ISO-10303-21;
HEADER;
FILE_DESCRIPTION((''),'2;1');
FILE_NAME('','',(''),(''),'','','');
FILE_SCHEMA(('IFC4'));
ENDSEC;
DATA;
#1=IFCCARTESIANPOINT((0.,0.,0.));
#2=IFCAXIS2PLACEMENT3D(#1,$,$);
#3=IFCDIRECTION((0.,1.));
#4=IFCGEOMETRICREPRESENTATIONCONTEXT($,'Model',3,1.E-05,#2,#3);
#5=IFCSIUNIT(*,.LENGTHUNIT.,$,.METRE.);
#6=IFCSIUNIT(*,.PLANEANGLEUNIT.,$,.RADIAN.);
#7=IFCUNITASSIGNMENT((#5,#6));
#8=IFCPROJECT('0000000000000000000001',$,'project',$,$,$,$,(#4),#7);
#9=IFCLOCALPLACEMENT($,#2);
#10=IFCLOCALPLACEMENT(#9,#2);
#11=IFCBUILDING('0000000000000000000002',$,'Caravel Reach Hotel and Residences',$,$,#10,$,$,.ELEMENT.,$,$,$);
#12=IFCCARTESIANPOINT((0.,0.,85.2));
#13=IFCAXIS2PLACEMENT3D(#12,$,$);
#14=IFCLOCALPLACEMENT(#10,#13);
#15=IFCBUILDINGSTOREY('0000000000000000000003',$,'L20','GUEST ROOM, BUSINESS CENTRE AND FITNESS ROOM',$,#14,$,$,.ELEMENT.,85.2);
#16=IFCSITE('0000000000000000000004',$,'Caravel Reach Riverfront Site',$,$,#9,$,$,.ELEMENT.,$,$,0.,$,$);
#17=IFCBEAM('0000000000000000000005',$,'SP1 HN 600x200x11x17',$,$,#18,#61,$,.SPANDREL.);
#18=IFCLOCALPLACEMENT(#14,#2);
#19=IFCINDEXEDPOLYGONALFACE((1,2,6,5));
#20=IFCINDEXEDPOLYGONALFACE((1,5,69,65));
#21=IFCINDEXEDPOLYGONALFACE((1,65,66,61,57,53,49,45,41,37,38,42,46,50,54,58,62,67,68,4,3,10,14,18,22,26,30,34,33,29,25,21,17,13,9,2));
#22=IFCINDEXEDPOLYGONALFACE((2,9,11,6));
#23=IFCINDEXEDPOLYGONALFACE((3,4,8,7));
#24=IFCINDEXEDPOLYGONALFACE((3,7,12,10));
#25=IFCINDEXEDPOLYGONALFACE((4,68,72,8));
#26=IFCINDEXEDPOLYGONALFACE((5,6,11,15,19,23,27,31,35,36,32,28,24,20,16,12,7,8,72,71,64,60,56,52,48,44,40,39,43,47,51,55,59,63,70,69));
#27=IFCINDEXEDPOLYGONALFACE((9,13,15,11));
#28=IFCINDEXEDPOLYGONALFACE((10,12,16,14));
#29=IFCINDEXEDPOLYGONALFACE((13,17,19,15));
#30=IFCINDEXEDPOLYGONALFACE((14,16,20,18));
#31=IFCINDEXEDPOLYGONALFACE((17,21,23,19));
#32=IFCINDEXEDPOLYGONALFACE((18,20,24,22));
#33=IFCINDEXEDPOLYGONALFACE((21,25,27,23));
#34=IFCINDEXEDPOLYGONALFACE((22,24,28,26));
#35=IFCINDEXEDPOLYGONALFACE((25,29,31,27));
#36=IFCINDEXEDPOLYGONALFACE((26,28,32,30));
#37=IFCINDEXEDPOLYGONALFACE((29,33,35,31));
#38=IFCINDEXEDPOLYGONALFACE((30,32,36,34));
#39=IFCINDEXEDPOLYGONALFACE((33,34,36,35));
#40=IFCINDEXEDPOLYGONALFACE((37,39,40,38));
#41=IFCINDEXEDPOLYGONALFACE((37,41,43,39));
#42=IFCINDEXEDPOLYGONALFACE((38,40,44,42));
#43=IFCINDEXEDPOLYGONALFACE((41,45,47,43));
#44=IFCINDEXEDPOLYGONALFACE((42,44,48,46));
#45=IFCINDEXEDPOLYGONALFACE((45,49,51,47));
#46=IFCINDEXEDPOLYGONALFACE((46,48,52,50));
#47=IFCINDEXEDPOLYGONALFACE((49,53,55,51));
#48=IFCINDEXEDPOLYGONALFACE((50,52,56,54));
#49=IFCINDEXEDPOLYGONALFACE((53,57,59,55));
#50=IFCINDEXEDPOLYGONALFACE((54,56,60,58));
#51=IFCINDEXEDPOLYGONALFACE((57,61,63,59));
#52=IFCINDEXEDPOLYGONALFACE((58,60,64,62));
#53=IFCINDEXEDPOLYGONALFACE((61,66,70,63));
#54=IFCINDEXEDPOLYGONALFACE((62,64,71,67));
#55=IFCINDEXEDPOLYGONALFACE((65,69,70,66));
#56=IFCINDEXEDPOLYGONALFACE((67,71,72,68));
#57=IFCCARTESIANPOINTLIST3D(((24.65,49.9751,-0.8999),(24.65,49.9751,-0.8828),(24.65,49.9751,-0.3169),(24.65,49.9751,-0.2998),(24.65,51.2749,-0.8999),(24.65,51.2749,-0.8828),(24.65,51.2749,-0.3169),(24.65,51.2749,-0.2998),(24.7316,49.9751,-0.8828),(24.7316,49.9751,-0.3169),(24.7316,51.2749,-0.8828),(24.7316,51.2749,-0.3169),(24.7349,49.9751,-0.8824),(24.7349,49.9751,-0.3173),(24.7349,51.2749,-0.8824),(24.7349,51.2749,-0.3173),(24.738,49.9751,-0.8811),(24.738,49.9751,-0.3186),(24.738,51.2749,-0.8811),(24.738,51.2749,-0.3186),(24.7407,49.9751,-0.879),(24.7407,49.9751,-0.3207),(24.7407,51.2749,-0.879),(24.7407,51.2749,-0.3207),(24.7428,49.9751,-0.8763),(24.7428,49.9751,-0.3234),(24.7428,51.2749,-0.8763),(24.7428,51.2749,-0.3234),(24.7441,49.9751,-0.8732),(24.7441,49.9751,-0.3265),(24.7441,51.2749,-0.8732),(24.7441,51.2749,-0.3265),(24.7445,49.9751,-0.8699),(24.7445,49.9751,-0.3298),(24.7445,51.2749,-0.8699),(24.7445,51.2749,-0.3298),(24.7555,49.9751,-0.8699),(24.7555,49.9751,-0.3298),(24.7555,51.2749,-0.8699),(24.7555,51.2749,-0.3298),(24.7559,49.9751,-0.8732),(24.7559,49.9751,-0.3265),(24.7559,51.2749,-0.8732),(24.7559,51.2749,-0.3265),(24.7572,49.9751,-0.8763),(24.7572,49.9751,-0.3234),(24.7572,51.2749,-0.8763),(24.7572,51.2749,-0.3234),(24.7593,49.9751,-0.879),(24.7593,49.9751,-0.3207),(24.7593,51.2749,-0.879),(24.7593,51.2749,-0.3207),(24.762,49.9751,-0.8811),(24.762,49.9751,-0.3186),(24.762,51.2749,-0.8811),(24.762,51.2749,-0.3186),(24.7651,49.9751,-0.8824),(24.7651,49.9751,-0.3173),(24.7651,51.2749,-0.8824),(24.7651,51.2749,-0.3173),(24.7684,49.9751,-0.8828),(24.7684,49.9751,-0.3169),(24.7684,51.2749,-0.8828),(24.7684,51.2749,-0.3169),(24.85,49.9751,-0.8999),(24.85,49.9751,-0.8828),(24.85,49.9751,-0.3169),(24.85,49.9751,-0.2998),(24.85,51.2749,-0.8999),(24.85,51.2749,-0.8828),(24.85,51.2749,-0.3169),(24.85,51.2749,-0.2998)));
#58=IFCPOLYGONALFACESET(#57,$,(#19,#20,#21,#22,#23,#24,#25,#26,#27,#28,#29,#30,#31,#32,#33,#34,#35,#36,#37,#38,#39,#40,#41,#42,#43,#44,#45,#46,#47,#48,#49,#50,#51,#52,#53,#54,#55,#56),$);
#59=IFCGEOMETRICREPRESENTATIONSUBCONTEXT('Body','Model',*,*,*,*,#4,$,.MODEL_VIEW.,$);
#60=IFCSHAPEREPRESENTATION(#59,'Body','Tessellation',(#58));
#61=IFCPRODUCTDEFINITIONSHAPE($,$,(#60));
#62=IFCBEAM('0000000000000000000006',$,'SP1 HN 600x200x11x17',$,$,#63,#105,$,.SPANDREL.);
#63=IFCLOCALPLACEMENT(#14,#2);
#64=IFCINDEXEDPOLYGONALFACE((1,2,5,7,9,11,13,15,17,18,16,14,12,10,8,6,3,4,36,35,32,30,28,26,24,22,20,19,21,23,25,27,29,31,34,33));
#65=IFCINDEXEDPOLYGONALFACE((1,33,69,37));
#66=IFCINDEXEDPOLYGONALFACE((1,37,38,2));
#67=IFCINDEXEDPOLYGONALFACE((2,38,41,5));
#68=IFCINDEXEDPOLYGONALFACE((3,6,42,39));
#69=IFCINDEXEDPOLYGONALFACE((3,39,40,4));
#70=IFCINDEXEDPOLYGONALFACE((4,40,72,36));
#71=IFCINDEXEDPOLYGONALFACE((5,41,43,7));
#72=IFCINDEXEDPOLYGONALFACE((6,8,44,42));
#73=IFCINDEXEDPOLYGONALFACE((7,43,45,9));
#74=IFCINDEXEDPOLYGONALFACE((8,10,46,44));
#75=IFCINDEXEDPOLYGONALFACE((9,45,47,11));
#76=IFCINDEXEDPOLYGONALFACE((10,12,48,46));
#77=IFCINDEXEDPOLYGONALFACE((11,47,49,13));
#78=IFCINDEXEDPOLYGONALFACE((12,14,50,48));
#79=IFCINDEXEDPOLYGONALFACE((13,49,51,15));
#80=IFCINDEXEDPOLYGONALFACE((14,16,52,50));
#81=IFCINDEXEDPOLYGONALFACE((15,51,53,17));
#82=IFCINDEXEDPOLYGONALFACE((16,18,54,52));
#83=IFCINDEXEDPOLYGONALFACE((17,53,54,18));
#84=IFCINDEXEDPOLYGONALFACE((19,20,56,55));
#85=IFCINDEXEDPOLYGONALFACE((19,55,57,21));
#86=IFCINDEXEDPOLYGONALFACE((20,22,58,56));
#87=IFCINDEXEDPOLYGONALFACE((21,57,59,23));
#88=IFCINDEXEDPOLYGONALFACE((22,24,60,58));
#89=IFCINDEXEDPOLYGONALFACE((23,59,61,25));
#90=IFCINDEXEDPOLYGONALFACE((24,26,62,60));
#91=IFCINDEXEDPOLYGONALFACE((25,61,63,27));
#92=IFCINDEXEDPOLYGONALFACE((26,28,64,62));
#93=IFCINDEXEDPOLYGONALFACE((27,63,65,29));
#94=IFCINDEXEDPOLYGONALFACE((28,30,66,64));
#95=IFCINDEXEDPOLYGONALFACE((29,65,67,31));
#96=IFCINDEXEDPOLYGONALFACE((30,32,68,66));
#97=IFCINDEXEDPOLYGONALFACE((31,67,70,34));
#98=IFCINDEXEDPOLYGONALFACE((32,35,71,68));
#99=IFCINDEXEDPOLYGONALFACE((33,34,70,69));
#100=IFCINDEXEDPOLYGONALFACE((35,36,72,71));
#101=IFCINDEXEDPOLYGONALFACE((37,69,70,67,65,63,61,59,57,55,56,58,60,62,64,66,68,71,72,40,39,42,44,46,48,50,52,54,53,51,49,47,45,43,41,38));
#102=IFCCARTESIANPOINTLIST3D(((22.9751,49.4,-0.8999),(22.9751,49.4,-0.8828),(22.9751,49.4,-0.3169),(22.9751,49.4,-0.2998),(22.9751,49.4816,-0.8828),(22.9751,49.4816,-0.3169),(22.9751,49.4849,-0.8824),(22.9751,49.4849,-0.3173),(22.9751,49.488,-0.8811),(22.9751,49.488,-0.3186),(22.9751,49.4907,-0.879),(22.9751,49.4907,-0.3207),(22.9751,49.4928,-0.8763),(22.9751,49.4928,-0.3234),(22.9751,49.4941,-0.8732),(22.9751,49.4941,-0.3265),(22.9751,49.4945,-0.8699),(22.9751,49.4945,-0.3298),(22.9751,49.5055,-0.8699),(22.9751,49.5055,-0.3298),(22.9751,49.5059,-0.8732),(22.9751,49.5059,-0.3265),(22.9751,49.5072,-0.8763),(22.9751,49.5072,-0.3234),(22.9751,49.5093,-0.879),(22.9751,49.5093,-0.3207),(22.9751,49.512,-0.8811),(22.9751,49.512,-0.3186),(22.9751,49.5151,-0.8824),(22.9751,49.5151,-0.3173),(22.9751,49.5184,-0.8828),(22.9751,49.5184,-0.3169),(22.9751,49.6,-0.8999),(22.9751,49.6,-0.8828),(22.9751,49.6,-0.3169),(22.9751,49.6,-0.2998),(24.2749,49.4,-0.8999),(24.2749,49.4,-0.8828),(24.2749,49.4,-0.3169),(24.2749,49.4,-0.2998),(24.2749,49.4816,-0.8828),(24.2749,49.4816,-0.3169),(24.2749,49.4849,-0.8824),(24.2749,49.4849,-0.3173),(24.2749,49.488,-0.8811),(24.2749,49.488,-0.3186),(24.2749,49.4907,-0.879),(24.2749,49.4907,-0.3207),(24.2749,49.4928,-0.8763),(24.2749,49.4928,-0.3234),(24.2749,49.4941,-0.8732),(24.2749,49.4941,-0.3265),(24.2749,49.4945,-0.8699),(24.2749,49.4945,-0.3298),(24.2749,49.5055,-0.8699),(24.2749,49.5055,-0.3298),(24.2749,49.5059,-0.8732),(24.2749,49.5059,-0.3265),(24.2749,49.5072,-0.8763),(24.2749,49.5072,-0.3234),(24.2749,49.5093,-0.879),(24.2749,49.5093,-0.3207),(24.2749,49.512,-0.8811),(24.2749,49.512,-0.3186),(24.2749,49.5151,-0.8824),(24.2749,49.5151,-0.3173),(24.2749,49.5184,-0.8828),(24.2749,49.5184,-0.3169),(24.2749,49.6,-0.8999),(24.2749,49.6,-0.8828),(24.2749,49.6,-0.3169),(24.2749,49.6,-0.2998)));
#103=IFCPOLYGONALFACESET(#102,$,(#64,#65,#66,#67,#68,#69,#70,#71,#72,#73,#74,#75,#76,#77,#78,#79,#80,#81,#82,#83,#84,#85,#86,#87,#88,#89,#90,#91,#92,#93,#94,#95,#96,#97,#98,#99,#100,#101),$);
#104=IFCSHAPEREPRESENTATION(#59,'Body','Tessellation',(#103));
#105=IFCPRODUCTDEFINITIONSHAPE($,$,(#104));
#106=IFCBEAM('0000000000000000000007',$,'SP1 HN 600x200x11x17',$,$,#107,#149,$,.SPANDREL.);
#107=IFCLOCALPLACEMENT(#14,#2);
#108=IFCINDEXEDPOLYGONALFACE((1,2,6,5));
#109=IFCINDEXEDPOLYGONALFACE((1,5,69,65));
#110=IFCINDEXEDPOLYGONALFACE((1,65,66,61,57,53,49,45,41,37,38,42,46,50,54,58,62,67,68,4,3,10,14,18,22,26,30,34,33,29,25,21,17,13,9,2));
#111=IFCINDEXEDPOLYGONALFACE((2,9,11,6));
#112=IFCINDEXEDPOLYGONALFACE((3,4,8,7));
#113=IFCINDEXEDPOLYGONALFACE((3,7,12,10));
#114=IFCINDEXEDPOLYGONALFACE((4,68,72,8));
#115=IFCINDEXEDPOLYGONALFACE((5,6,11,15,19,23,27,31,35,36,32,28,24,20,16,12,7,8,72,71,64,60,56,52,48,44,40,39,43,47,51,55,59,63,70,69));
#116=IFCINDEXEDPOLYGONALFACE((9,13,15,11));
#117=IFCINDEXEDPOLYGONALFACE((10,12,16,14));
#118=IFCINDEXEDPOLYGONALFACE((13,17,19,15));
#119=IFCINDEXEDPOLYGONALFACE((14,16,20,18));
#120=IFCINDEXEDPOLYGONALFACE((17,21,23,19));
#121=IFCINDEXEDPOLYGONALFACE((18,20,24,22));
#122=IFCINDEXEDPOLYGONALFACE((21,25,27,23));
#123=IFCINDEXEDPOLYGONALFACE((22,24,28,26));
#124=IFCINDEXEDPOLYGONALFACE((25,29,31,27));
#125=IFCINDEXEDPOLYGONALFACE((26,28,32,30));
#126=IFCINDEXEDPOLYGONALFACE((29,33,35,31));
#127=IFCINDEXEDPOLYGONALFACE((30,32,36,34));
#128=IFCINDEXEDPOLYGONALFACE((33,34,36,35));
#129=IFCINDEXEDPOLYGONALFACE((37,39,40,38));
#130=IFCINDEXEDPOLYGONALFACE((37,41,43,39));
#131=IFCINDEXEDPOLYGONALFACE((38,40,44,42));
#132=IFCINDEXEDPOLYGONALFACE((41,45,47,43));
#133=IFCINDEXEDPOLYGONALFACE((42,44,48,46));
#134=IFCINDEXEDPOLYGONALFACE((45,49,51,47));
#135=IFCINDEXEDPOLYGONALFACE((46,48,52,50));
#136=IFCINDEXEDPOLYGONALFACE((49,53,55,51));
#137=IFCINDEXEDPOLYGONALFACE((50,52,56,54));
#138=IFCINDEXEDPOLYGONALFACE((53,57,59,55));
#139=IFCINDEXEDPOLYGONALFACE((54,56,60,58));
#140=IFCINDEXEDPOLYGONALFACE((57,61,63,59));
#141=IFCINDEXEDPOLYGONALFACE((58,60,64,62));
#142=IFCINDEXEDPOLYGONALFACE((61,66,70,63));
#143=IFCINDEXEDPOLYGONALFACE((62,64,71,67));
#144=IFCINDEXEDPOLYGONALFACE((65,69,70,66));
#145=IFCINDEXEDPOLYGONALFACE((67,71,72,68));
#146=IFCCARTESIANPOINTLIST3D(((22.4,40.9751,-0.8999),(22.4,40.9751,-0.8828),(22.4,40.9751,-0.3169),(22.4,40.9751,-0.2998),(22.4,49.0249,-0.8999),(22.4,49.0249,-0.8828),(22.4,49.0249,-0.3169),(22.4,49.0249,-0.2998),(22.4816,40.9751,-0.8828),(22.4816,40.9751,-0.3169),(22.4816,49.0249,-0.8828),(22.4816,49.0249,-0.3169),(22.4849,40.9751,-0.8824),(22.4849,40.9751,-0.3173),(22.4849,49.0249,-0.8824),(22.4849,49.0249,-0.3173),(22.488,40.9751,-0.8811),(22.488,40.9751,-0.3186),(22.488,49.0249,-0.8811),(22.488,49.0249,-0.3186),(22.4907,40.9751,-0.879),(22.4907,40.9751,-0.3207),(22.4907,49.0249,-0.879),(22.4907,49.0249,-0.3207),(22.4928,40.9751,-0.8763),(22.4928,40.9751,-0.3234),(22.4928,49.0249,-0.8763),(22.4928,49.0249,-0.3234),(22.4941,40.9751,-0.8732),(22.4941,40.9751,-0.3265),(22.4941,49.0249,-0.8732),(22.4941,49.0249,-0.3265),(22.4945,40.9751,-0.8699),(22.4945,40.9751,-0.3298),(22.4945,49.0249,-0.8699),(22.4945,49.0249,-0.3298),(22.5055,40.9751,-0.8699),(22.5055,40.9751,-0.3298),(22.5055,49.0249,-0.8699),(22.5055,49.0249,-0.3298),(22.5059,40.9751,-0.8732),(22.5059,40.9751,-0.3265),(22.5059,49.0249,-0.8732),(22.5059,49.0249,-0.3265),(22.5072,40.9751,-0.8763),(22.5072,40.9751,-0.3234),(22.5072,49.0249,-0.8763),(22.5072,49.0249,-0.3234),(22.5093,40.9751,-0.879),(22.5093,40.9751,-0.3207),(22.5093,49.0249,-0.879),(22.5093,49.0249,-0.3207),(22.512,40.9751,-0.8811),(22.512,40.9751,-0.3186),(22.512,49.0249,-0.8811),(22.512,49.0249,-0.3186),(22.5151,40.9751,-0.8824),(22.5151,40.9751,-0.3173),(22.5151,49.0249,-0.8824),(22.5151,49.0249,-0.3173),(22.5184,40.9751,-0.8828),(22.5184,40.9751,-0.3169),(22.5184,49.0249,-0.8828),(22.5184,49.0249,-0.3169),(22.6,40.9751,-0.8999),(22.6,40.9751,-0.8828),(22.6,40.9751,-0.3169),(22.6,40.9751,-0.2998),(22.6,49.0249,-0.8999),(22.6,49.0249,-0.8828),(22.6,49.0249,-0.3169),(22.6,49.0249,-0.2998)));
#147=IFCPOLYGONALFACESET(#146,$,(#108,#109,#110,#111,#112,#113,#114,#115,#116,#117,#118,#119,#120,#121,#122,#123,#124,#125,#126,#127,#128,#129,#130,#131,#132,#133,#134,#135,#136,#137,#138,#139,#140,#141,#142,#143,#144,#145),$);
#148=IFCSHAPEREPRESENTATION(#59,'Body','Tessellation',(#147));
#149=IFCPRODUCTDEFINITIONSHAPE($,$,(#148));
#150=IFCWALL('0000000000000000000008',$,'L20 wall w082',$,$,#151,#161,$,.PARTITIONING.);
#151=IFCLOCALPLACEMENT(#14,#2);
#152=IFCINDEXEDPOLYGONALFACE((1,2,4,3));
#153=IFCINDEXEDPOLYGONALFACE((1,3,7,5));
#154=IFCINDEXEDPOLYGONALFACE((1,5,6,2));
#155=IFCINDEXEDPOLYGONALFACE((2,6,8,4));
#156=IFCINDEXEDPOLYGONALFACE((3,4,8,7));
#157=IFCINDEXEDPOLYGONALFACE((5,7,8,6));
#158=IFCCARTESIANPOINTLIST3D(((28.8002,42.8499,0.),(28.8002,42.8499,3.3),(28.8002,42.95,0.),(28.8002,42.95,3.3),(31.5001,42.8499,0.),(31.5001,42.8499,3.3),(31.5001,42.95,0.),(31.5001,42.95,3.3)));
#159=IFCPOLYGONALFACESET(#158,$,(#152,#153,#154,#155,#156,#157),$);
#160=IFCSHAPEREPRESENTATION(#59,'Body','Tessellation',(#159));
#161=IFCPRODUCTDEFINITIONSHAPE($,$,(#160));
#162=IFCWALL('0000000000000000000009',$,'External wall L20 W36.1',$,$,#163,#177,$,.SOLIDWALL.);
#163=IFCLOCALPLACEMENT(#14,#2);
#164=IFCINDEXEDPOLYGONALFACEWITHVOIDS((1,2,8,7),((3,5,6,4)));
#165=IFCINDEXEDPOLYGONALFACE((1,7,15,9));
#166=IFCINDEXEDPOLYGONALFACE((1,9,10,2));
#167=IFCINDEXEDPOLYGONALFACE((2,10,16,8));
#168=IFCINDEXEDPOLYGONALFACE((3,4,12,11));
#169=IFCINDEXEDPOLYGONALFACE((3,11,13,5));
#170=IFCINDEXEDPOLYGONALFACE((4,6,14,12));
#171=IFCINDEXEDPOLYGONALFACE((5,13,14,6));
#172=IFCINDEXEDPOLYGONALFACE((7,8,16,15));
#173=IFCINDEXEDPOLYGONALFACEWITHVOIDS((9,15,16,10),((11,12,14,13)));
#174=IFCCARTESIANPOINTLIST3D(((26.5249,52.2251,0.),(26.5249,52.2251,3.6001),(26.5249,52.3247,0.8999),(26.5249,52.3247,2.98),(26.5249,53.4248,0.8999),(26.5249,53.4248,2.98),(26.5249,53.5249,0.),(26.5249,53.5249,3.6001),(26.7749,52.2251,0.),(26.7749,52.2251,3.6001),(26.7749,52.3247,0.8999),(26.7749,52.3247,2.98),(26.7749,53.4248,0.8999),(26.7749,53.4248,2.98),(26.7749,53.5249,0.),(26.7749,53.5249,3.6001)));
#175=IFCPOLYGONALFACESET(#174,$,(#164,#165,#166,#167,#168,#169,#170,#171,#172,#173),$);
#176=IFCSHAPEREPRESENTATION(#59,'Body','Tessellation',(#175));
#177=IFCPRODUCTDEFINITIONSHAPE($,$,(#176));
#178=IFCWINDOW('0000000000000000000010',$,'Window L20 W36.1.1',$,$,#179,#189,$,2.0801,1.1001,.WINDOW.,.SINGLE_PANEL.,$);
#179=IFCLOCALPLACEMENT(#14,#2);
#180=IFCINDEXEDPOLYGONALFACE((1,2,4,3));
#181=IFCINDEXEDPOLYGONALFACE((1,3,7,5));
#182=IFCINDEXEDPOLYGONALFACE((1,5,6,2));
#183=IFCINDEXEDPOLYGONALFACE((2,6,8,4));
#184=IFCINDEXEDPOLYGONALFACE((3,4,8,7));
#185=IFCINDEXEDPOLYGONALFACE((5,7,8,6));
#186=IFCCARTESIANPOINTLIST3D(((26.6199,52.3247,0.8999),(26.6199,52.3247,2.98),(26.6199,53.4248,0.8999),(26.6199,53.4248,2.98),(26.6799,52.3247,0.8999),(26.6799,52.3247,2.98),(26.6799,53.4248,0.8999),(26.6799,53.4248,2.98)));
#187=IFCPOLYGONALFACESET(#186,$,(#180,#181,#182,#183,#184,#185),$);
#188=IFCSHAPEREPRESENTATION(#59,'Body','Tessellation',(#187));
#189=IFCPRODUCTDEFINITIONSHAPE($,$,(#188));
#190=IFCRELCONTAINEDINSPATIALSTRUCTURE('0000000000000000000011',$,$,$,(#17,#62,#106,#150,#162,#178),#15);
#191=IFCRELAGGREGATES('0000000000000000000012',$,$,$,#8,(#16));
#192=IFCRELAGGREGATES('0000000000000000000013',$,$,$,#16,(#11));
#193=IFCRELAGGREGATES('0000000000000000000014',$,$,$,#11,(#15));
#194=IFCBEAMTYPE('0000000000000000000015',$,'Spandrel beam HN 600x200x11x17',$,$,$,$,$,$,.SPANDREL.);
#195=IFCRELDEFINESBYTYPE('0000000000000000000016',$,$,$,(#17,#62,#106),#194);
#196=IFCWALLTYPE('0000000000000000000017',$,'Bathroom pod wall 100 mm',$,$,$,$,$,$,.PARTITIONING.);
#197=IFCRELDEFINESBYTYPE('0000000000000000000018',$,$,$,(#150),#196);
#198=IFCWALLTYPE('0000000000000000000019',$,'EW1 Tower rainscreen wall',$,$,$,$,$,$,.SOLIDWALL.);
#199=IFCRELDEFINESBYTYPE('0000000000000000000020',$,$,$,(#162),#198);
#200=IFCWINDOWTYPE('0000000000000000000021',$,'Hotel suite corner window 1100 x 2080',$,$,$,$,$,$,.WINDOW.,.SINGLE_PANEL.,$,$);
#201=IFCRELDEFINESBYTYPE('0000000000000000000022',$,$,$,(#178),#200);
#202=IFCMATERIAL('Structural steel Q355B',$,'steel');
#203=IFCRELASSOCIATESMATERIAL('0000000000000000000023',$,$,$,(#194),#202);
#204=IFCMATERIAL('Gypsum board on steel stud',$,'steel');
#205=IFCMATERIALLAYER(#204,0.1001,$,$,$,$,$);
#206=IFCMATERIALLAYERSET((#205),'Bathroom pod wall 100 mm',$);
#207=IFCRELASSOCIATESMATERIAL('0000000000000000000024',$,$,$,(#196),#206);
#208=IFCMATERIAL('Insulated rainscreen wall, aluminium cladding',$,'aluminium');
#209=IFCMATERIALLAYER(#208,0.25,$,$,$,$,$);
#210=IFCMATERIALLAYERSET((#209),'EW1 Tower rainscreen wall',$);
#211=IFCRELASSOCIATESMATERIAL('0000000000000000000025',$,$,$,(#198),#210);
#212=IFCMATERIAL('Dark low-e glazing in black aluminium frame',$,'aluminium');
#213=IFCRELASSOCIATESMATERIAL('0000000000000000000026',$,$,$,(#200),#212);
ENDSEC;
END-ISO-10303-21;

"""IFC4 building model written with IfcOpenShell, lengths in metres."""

from ifc_helpers import new_model, si_unit, direction, frame, frame_2d, origin, origin_2d, place, context, subcontext, project, spatial, rectangle, i_section, extrude, material, layer, layer_set, material_profile, profile_set, type_object, element, fill, save


model = new_model("IFC4")

# Units and contexts
model_context = context("Model", 3, precision=1e-05, world=origin(), true_north=direction((0.0, 1.0)))
body_context = subcontext(model_context, "Body", "Model", "MODEL_VIEW")
ifc_project = project(units=[si_unit("LENGTHUNIT", "METRE"), si_unit("PLANEANGLEUNIT", "RADIAN")], contexts=[model_context])

# Site, building, storey
site_placement = place(None, origin())
site = spatial("IfcSite", under=ifc_project, at=site_placement, Name="Caravel Reach Riverfront Site", CompositionType="ELEMENT", RefElevation=0.0)
building_placement = place(site_placement, origin())
building = spatial("IfcBuilding", under=site, at=building_placement, Name="Caravel Reach Hotel and Residences", CompositionType="ELEMENT")
storey_placement = place(building_placement, frame((0.0, 0.0, 85.2)))
storey = spatial("IfcBuildingStorey", under=building, at=storey_placement, Name="L20", Description="GUEST ROOM, BUSINESS CENTRE AND FITNESS ROOM", CompositionType="ELEMENT", Elevation=85.2)

# Beams
ifc_material_1 = material(Name="Structural steel Q355B", Category="steel")
ifc_material_profile_1 = material_profile(ifc_material_1, i_section(OverallWidth=0.2, OverallDepth=0.6001, WebThickness=0.011, FlangeThickness=0.0171, FilletRadius=0.0129, at=origin_2d()), Name="HN 600x200x11x17")
ifc_profile_set_1 = profile_set([ifc_material_profile_1], Name="Structural steel Q355B")
beam_type = type_object("IfcBeamType", Name="Spandrel beam HN 600x200x11x17", PredefinedType="SPANDREL", material=ifc_profile_set_1)
for number, where, z_axis, x_axis, name in (
    (1, (24.75, 51.2749, -0.5999), (0.0, -1.0, 0.0), (1.0, 0.0, 0.0), "SP1 HN 600x200x11x17"),
    (2, (24.2749, 49.5, -0.5999), (-1.0, 0.0, 0.0), (0.0, -1.0, 0.0), "SP1 HN 600x200x11x17"),
):
    element("IfcBeam", number, at=place(storey_placement, frame(where, z_axis=z_axis, x_axis=x_axis)), inside=storey, type_object=beam_type, Name=name, PredefinedType="SPANDREL", context=body_context, shape_type="SweptSolid", body=[
        extrude(i_section(OverallWidth=0.2, OverallDepth=0.6001, WebThickness=0.011, FlangeThickness=0.0171, FilletRadius=0.0129, at=origin_2d()), origin(), (0.0, 0.0, 1.0), 1.2998),
    ])
beam_placement = place(storey_placement, frame((22.5, 49.0249, -0.5999), z_axis=(0.0, -1.0, 0.0), x_axis=(1.0, 0.0, 0.0)))
element("IfcBeam", 3, at=beam_placement, inside=storey, type_object=beam_type, Name="SP1 HN 600x200x11x17", PredefinedType="SPANDREL", context=body_context, shape_type="SweptSolid", body=[
    extrude(i_section(OverallWidth=0.2, OverallDepth=0.6001, WebThickness=0.011, FlangeThickness=0.0171, FilletRadius=0.0129, at=origin_2d()), origin(), (0.0, 0.0, 1.0), 8.0498),
])

# Wall
ifc_material_2 = material(Name="Gypsum board on steel stud", Category="steel")
ifc_layer_1 = layer(ifc_material_2, 0.1001)
ifc_layer_set_1 = layer_set([ifc_layer_1], Name="Bathroom pod wall 100 mm")
wall_type_1 = type_object("IfcWallType", Name="Bathroom pod wall 100 mm", PredefinedType="PARTITIONING", material=ifc_layer_set_1)
wall_1_placement = place(storey_placement, frame((28.8, 42.8999, 0.0), z_axis=(0.0, 0.0, 1.0), x_axis=(1.0, 0.0, 0.0)))
element("IfcWall", 4, at=wall_1_placement, inside=storey, type_object=wall_type_1, Name="L20 wall w082", PredefinedType="PARTITIONING", context=body_context, shape_type="SweptSolid", body=[
    extrude(rectangle(XDim=2.7, YDim=0.1001, at=frame_2d((1.3501, 0.0))), origin(), (0.0, 0.0, 1.0), 3.3),
])

# Wall, opening, window
ifc_material_3 = material(Name="Insulated rainscreen wall, aluminium cladding", Category="aluminium")
ifc_layer_2 = layer(ifc_material_3, 0.25)
ifc_layer_set_2 = layer_set([ifc_layer_2], Name="EW1 Tower rainscreen wall")
wall_type_2 = type_object("IfcWallType", Name="EW1 Tower rainscreen wall", PredefinedType="SOLIDWALL", material=ifc_layer_set_2)
wall_2_placement = place(storey_placement, frame((26.6499, 53.5249, 0.0), z_axis=(0.0, 0.0, 1.0), x_axis=(0.0, -1.0, 0.0)))
wall_2 = element("IfcWall", 5, at=wall_2_placement, inside=storey, type_object=wall_type_2, Name="External wall L20 W36.1", PredefinedType="SOLIDWALL", context=body_context, shape_type="SweptSolid", body=[
    extrude(rectangle(XDim=1.2998, YDim=0.25, at=frame_2d((0.6499, 0.0))), origin(), (0.0, 0.0, 1.0), 3.6001),
])
opening_1_placement = place(wall_2_placement, frame((0.1001, 0.0, 0.8999)))
opening_1 = element("IfcOpeningElement", 6, at=opening_1_placement, cuts=wall_2, PredefinedType="OPENING", context=body_context, shape_type="SweptSolid", body=[
    extrude(rectangle(XDim=1.1001, YDim=2.0801, at=frame_2d((0.55, 1.04))), frame((0.0, 0.135, 0.0), z_axis=(0.0, -1.0, 0.0), x_axis=(1.0, 0.0, 0.0)), (0.0, 0.0, 1.0), 0.27),
])
ifc_material_4 = material(Name="Dark low-e glazing in black aluminium frame", Category="aluminium")
window_type_1 = type_object("IfcWindowType", Name="Hotel suite corner window 1100 x 2080", PartitioningType="SINGLE_PANEL", PredefinedType="WINDOW", material=ifc_material_4)
window_1_placement = place(opening_1_placement, origin())
window_1 = element("IfcWindow", 7, at=window_1_placement, inside=storey, type_object=window_type_1, Name="Window L20 W36.1.1", OverallHeight=2.0801, OverallWidth=1.1001, PartitioningType="SINGLE_PANEL", PredefinedType="WINDOW", context=body_context, shape_type="SweptSolid", body=[
    extrude(rectangle(XDim=1.1001, YDim=2.0801, at=frame_2d((0.55, 1.04))), frame((0.0, 0.03, 0.0), z_axis=(0.0, -1.0, 0.0), x_axis=(1.0, 0.0, 0.0)), (0.0, 0.0, 1.0), 0.0601),
])
fill(opening_1, window_1)

save(model, "model.ifc")
